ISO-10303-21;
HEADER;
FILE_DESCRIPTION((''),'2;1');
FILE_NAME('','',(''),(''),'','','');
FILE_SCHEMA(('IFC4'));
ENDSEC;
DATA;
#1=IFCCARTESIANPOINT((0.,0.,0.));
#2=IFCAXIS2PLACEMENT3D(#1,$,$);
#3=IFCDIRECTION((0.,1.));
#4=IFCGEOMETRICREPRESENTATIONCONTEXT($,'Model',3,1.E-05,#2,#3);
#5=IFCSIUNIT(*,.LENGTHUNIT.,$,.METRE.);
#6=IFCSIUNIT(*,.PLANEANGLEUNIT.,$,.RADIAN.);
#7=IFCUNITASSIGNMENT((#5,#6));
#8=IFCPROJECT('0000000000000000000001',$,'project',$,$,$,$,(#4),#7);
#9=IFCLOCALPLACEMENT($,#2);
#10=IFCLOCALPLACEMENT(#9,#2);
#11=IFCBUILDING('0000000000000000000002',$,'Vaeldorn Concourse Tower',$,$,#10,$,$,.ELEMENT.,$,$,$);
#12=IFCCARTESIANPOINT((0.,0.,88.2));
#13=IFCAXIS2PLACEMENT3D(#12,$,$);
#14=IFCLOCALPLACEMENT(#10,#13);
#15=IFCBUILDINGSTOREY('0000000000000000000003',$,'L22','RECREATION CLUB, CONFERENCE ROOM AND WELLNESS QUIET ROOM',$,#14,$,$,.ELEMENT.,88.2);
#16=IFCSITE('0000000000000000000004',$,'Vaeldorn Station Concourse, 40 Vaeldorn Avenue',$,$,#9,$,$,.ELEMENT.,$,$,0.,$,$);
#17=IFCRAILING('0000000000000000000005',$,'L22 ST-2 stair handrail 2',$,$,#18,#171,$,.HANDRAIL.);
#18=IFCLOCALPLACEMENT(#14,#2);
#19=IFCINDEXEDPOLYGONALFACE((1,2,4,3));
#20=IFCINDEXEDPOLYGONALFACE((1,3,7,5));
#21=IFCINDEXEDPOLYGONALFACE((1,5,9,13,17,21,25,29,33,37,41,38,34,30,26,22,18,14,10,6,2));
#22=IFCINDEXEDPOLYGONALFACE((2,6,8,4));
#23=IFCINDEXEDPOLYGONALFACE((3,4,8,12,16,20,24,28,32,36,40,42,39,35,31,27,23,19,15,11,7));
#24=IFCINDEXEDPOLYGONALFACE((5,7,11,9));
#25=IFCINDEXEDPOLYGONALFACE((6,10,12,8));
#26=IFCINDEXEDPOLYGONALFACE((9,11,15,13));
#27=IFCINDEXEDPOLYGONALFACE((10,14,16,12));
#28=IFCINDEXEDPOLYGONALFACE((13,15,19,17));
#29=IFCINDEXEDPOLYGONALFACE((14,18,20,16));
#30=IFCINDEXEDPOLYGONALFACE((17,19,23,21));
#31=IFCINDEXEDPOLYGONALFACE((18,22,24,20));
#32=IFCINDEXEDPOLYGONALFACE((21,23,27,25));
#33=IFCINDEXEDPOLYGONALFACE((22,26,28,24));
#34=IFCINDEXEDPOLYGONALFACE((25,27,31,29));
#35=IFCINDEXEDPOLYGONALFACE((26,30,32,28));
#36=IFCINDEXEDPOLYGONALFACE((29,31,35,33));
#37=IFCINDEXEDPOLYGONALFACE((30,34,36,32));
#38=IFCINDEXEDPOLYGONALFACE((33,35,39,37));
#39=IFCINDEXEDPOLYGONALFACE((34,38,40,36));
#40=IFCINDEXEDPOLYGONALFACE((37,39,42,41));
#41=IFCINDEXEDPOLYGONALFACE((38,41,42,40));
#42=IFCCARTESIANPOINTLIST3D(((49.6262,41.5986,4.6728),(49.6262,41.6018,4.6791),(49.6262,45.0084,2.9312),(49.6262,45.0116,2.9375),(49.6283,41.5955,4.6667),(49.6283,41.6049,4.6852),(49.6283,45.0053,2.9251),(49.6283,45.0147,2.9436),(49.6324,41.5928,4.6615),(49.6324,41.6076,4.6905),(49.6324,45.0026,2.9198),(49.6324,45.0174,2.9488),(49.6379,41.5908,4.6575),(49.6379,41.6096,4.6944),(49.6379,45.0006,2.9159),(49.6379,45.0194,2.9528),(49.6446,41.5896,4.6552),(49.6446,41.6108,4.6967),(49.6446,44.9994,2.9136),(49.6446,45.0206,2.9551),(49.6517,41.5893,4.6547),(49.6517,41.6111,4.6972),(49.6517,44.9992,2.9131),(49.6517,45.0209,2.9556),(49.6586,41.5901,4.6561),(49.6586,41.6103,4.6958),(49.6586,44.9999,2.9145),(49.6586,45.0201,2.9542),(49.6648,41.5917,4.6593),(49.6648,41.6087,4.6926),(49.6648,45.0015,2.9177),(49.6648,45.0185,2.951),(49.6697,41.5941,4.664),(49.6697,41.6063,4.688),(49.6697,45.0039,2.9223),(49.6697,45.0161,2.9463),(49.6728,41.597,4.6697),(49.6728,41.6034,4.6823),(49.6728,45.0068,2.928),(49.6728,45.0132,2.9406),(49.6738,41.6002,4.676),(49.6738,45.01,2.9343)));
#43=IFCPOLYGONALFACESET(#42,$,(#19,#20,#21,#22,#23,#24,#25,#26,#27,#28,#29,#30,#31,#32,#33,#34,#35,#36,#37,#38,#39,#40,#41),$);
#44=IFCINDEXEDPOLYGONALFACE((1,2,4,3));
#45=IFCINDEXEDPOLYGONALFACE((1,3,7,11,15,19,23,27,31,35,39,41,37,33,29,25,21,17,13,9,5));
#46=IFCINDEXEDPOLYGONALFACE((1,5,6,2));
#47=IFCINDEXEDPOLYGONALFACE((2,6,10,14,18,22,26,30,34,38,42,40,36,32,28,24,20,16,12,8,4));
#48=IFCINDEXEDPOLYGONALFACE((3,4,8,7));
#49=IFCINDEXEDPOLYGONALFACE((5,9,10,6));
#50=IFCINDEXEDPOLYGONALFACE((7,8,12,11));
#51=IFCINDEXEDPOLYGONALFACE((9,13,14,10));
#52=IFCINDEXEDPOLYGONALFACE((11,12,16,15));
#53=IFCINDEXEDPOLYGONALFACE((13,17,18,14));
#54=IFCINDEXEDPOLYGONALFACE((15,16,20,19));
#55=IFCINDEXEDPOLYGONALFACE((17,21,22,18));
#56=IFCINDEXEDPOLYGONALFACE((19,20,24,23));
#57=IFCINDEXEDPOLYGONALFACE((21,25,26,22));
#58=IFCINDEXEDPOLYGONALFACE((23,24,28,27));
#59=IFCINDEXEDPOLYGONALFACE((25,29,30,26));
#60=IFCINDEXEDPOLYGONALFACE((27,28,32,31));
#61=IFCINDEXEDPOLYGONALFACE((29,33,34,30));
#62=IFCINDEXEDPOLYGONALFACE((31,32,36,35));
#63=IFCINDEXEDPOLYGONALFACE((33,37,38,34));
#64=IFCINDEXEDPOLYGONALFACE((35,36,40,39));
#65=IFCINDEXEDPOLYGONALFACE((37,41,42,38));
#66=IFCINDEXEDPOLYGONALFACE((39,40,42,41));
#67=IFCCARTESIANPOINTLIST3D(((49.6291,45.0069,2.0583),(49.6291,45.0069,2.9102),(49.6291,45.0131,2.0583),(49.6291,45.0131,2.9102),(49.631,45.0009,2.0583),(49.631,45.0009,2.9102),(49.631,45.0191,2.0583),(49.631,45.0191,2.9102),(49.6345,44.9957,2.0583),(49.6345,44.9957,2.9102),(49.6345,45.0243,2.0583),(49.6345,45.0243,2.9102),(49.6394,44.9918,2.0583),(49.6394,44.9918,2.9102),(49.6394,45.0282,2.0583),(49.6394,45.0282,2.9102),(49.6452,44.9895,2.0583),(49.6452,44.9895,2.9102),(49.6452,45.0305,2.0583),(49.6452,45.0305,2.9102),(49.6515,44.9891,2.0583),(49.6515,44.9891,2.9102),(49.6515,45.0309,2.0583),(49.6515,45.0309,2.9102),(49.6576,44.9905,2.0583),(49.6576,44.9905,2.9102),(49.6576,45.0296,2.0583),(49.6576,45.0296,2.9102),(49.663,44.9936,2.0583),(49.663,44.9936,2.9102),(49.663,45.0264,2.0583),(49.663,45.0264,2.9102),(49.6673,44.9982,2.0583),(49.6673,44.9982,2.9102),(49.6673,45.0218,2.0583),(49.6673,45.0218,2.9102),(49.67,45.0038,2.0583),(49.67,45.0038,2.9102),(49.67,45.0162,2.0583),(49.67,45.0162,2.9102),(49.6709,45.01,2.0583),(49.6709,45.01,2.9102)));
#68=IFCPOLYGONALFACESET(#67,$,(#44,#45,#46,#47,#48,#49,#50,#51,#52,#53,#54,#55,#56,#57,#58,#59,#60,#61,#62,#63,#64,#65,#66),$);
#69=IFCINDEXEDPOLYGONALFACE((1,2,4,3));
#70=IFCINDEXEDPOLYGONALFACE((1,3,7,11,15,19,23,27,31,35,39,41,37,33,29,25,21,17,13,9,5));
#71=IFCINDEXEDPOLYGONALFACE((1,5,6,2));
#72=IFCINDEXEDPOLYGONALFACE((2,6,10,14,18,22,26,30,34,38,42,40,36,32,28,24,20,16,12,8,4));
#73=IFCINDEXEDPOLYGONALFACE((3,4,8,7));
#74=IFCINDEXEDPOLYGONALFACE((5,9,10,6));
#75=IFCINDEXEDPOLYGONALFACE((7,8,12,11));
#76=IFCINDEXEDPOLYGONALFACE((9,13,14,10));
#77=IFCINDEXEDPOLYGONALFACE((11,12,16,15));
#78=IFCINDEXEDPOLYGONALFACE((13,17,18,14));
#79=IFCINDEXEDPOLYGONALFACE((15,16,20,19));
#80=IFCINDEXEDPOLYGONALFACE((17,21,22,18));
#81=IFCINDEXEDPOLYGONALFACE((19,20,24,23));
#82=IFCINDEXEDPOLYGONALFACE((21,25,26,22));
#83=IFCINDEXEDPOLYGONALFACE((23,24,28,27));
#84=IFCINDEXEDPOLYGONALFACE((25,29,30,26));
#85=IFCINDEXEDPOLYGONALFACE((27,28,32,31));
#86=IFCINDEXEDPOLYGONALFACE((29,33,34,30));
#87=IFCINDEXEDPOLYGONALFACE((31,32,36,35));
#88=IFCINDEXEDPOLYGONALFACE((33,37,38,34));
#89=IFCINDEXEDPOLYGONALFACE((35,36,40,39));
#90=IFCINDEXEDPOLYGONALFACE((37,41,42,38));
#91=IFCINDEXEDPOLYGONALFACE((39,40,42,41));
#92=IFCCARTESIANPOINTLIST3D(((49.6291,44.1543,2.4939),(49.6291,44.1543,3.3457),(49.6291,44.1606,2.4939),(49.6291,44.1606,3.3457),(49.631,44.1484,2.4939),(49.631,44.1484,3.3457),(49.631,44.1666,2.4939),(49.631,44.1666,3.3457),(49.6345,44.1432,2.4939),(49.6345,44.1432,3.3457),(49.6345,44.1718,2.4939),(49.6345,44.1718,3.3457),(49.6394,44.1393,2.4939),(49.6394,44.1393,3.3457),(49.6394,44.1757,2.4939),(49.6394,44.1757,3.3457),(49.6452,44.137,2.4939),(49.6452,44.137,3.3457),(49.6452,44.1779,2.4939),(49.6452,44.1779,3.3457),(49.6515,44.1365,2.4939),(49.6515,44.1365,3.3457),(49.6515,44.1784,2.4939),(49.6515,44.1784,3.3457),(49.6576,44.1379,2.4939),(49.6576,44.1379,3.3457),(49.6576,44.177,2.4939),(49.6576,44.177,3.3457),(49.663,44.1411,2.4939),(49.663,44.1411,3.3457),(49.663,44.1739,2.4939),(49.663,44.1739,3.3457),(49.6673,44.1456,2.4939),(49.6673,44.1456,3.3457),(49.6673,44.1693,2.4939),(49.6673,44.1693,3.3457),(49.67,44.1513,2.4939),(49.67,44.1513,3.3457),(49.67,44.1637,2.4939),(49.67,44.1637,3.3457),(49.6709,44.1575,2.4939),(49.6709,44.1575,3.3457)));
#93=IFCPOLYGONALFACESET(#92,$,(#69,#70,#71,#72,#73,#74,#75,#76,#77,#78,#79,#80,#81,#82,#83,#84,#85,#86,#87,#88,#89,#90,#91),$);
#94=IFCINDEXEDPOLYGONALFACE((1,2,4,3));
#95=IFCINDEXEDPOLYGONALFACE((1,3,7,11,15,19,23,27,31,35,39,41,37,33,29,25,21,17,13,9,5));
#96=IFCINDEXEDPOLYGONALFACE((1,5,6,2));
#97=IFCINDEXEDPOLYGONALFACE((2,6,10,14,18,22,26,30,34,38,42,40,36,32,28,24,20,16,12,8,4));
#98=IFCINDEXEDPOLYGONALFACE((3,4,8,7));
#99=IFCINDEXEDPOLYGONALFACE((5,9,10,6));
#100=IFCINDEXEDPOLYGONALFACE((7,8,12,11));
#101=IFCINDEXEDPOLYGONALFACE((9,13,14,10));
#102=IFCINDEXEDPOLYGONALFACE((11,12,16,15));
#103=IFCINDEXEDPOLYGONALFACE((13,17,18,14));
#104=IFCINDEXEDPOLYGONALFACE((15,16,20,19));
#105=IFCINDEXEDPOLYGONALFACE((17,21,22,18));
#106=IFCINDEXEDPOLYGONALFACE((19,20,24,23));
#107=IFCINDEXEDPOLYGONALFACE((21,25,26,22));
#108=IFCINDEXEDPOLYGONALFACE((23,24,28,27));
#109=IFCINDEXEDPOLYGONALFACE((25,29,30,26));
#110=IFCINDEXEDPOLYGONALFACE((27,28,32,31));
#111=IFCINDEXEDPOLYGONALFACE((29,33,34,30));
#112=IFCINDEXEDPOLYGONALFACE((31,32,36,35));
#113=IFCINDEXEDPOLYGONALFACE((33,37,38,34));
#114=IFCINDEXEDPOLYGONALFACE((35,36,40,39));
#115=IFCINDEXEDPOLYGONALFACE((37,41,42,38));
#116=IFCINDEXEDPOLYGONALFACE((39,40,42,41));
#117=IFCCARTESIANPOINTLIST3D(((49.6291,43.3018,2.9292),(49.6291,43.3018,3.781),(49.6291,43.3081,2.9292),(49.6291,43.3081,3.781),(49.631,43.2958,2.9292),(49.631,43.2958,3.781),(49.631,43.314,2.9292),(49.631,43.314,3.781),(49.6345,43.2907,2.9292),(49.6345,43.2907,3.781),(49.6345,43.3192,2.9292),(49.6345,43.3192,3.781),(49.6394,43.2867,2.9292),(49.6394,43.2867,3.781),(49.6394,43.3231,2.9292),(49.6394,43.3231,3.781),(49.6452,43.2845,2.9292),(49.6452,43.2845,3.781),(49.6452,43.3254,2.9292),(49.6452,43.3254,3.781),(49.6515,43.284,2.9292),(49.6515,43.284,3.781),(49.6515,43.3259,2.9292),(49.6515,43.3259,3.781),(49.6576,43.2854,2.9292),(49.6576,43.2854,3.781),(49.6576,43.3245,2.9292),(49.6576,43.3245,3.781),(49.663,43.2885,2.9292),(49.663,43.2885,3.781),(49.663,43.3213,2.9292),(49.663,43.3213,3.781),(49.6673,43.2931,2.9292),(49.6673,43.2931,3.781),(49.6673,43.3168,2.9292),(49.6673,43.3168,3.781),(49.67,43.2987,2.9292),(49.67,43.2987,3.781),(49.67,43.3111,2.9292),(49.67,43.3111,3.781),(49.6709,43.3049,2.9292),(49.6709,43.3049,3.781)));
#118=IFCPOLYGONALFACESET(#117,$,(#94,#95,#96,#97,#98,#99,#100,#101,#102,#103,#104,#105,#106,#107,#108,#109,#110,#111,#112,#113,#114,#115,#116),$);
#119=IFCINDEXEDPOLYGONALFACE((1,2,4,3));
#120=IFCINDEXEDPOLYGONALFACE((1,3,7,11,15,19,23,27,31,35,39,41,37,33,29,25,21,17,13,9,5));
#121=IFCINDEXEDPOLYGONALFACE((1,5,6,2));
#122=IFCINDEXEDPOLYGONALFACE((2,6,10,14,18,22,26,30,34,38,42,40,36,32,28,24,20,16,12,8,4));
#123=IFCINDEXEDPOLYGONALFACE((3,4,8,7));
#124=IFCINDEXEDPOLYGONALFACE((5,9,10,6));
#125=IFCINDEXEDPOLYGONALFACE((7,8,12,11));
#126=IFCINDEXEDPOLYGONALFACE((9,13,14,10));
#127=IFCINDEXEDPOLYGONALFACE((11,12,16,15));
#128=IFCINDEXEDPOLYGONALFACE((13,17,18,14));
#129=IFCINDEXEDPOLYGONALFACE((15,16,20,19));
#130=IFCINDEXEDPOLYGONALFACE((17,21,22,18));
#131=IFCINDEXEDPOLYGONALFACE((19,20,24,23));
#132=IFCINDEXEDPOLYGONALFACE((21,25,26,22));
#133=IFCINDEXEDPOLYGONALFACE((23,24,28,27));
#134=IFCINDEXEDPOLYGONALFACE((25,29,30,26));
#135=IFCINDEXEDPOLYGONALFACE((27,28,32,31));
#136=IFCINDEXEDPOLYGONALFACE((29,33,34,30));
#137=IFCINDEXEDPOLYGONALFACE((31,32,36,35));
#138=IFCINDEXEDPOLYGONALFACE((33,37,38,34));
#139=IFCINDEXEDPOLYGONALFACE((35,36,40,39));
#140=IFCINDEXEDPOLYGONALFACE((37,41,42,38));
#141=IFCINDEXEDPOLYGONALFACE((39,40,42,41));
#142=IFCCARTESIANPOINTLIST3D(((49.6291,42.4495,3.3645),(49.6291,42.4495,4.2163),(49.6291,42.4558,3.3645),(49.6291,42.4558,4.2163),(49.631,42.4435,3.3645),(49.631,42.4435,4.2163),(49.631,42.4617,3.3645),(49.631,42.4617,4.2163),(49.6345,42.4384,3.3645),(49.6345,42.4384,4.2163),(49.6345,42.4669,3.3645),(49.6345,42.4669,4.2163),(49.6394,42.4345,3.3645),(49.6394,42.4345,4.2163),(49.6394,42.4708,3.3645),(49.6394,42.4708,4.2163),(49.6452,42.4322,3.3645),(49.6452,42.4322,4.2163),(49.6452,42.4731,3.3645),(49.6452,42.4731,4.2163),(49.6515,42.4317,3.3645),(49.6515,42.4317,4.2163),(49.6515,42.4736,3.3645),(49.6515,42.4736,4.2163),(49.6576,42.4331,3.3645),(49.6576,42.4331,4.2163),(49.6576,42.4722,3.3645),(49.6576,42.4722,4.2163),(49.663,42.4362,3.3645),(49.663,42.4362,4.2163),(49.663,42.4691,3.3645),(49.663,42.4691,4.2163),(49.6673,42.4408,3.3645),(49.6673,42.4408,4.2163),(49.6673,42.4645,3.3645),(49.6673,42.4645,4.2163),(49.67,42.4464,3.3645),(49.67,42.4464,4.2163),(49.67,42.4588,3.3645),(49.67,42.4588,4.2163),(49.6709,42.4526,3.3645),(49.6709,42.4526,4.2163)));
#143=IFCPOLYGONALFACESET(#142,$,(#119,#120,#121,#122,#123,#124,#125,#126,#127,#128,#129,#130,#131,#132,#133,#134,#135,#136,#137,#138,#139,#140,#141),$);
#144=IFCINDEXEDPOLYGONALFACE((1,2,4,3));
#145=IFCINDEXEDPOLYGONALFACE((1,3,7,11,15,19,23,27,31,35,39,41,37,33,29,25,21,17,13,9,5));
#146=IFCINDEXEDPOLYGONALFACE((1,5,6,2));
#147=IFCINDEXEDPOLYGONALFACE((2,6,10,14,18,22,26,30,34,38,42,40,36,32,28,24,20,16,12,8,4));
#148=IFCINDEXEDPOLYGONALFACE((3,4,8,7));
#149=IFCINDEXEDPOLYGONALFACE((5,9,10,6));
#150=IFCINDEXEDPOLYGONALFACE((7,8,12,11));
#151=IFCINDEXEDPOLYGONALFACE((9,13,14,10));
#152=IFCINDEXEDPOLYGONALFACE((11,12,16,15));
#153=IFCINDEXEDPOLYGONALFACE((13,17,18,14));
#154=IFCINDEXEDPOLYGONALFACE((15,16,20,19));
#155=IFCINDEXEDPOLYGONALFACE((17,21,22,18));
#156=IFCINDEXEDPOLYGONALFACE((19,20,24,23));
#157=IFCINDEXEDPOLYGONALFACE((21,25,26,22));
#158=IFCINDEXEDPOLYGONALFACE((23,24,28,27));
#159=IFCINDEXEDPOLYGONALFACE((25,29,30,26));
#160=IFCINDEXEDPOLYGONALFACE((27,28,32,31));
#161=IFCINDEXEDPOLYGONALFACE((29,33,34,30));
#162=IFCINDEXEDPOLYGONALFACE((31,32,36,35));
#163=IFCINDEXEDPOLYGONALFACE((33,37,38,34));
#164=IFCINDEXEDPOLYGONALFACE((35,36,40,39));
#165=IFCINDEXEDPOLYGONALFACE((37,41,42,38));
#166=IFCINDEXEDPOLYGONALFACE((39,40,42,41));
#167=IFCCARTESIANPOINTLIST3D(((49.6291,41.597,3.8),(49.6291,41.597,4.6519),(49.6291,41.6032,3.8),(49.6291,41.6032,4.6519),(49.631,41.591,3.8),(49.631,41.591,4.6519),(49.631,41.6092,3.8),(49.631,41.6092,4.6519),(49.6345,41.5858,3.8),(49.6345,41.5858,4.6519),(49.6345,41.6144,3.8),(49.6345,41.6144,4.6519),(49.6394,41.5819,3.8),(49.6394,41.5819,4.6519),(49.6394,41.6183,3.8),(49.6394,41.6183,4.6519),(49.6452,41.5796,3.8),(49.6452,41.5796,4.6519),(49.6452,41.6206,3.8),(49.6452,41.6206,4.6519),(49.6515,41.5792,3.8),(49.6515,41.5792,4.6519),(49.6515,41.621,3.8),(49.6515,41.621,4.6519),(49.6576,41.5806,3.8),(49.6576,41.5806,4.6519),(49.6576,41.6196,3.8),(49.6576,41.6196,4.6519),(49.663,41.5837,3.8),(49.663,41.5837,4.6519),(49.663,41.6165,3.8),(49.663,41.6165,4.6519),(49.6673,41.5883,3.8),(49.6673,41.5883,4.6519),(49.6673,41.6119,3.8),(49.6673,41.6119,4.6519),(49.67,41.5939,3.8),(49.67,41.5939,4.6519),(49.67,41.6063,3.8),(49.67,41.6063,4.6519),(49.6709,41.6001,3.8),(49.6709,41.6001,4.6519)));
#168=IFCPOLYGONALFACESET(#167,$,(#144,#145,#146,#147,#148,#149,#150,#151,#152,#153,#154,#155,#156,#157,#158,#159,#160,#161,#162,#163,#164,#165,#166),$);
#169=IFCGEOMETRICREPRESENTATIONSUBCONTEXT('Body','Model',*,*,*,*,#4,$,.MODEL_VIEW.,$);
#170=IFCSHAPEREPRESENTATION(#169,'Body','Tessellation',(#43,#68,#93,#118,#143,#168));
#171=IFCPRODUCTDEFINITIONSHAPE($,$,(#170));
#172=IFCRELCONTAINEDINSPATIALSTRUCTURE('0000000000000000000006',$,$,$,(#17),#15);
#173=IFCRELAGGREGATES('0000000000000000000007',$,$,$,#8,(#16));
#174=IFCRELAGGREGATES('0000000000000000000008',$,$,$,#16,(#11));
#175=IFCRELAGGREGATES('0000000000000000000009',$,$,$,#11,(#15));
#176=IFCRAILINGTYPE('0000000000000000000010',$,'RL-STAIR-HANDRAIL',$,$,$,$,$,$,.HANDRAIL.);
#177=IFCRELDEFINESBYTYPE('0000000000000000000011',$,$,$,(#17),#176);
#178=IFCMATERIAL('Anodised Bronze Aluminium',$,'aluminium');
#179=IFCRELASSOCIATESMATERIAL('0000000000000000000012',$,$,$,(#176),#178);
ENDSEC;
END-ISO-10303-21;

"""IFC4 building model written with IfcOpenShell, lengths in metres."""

from ifc_helpers import new_model, si_unit, direction, frame, origin, origin_2d, place, context, subcontext, project, spatial, circle, extrude, material, type_object, element, save


model = new_model("IFC4")

# Units and contexts
model_context = context("Model", 3, precision=1e-05, world=origin(), true_north=direction((0.0, 1.0)))
body_context = subcontext(model_context, "Body", "Model", "MODEL_VIEW")
ifc_project = project(units=[si_unit("LENGTHUNIT", "METRE"), si_unit("PLANEANGLEUNIT", "RADIAN")], contexts=[model_context])

# Site, building, storey
site_placement = place(None, origin())
site = spatial("IfcSite", under=ifc_project, at=site_placement, Name="Vaeldorn Station Concourse, 40 Vaeldorn Avenue", CompositionType="ELEMENT", RefElevation=0.0)
building_placement = place(site_placement, origin())
building = spatial("IfcBuilding", under=site, at=building_placement, Name="Vaeldorn Concourse Tower", CompositionType="ELEMENT")
storey_placement = place(building_placement, frame((0.0, 0.0, 88.2)))
storey = spatial("IfcBuildingStorey", under=building, at=storey_placement, Name="L22", Description="RECREATION CLUB, CONFERENCE ROOM AND WELLNESS QUIET ROOM", CompositionType="ELEMENT", Elevation=88.2)

# Shared definitions
ifc_material_1 = material(Name="Anodised Bronze Aluminium", Category="aluminium")

# Railing
railing_type_1 = type_object("IfcRailingType", Name="RL-STAIR-HANDRAIL", PredefinedType="HANDRAIL", material=ifc_material_1)
railing_1_placement = place(storey_placement, frame((49.6499, 45.01, 2.0583)))
element("IfcRailing", 1, at=railing_1_placement, inside=storey, type_object=railing_type_1, Name="L22 ST-2 stair handrail 2", PredefinedType="HANDRAIL", context=body_context, shape_type="SweptSolid", body=[
    extrude(circle(Radius=0.0239, at=origin_2d()), frame((0.0, 0.0, 0.876), z_axis=(0.0, -0.890556, 0.454874), x_axis=(1.0, 0.0, 0.0)), (0.0, 0.0, 1.0), 3.8289),
    extrude(circle(Radius=0.021, at=origin_2d()), origin(), (0.0, 0.0, 1.0), 0.8518),
    extrude(circle(Radius=0.021, at=origin_2d()), frame((0.0, -0.8525, 0.4355)), (0.0, 0.0, 1.0), 0.8518),
    extrude(circle(Radius=0.021, at=origin_2d()), frame((0.0, -1.7051, 0.8708)), (0.0, 0.0, 1.0), 0.8518),
    extrude(circle(Radius=0.021, at=origin_2d()), frame((0.0, -2.5574, 1.3062)), (0.0, 0.0, 1.0), 0.8518),
    extrude(circle(Radius=0.021, at=origin_2d()), frame((0.0, -3.4099, 1.7417)), (0.0, 0.0, 1.0), 0.8518),
])

save(model, "model.ifc")
